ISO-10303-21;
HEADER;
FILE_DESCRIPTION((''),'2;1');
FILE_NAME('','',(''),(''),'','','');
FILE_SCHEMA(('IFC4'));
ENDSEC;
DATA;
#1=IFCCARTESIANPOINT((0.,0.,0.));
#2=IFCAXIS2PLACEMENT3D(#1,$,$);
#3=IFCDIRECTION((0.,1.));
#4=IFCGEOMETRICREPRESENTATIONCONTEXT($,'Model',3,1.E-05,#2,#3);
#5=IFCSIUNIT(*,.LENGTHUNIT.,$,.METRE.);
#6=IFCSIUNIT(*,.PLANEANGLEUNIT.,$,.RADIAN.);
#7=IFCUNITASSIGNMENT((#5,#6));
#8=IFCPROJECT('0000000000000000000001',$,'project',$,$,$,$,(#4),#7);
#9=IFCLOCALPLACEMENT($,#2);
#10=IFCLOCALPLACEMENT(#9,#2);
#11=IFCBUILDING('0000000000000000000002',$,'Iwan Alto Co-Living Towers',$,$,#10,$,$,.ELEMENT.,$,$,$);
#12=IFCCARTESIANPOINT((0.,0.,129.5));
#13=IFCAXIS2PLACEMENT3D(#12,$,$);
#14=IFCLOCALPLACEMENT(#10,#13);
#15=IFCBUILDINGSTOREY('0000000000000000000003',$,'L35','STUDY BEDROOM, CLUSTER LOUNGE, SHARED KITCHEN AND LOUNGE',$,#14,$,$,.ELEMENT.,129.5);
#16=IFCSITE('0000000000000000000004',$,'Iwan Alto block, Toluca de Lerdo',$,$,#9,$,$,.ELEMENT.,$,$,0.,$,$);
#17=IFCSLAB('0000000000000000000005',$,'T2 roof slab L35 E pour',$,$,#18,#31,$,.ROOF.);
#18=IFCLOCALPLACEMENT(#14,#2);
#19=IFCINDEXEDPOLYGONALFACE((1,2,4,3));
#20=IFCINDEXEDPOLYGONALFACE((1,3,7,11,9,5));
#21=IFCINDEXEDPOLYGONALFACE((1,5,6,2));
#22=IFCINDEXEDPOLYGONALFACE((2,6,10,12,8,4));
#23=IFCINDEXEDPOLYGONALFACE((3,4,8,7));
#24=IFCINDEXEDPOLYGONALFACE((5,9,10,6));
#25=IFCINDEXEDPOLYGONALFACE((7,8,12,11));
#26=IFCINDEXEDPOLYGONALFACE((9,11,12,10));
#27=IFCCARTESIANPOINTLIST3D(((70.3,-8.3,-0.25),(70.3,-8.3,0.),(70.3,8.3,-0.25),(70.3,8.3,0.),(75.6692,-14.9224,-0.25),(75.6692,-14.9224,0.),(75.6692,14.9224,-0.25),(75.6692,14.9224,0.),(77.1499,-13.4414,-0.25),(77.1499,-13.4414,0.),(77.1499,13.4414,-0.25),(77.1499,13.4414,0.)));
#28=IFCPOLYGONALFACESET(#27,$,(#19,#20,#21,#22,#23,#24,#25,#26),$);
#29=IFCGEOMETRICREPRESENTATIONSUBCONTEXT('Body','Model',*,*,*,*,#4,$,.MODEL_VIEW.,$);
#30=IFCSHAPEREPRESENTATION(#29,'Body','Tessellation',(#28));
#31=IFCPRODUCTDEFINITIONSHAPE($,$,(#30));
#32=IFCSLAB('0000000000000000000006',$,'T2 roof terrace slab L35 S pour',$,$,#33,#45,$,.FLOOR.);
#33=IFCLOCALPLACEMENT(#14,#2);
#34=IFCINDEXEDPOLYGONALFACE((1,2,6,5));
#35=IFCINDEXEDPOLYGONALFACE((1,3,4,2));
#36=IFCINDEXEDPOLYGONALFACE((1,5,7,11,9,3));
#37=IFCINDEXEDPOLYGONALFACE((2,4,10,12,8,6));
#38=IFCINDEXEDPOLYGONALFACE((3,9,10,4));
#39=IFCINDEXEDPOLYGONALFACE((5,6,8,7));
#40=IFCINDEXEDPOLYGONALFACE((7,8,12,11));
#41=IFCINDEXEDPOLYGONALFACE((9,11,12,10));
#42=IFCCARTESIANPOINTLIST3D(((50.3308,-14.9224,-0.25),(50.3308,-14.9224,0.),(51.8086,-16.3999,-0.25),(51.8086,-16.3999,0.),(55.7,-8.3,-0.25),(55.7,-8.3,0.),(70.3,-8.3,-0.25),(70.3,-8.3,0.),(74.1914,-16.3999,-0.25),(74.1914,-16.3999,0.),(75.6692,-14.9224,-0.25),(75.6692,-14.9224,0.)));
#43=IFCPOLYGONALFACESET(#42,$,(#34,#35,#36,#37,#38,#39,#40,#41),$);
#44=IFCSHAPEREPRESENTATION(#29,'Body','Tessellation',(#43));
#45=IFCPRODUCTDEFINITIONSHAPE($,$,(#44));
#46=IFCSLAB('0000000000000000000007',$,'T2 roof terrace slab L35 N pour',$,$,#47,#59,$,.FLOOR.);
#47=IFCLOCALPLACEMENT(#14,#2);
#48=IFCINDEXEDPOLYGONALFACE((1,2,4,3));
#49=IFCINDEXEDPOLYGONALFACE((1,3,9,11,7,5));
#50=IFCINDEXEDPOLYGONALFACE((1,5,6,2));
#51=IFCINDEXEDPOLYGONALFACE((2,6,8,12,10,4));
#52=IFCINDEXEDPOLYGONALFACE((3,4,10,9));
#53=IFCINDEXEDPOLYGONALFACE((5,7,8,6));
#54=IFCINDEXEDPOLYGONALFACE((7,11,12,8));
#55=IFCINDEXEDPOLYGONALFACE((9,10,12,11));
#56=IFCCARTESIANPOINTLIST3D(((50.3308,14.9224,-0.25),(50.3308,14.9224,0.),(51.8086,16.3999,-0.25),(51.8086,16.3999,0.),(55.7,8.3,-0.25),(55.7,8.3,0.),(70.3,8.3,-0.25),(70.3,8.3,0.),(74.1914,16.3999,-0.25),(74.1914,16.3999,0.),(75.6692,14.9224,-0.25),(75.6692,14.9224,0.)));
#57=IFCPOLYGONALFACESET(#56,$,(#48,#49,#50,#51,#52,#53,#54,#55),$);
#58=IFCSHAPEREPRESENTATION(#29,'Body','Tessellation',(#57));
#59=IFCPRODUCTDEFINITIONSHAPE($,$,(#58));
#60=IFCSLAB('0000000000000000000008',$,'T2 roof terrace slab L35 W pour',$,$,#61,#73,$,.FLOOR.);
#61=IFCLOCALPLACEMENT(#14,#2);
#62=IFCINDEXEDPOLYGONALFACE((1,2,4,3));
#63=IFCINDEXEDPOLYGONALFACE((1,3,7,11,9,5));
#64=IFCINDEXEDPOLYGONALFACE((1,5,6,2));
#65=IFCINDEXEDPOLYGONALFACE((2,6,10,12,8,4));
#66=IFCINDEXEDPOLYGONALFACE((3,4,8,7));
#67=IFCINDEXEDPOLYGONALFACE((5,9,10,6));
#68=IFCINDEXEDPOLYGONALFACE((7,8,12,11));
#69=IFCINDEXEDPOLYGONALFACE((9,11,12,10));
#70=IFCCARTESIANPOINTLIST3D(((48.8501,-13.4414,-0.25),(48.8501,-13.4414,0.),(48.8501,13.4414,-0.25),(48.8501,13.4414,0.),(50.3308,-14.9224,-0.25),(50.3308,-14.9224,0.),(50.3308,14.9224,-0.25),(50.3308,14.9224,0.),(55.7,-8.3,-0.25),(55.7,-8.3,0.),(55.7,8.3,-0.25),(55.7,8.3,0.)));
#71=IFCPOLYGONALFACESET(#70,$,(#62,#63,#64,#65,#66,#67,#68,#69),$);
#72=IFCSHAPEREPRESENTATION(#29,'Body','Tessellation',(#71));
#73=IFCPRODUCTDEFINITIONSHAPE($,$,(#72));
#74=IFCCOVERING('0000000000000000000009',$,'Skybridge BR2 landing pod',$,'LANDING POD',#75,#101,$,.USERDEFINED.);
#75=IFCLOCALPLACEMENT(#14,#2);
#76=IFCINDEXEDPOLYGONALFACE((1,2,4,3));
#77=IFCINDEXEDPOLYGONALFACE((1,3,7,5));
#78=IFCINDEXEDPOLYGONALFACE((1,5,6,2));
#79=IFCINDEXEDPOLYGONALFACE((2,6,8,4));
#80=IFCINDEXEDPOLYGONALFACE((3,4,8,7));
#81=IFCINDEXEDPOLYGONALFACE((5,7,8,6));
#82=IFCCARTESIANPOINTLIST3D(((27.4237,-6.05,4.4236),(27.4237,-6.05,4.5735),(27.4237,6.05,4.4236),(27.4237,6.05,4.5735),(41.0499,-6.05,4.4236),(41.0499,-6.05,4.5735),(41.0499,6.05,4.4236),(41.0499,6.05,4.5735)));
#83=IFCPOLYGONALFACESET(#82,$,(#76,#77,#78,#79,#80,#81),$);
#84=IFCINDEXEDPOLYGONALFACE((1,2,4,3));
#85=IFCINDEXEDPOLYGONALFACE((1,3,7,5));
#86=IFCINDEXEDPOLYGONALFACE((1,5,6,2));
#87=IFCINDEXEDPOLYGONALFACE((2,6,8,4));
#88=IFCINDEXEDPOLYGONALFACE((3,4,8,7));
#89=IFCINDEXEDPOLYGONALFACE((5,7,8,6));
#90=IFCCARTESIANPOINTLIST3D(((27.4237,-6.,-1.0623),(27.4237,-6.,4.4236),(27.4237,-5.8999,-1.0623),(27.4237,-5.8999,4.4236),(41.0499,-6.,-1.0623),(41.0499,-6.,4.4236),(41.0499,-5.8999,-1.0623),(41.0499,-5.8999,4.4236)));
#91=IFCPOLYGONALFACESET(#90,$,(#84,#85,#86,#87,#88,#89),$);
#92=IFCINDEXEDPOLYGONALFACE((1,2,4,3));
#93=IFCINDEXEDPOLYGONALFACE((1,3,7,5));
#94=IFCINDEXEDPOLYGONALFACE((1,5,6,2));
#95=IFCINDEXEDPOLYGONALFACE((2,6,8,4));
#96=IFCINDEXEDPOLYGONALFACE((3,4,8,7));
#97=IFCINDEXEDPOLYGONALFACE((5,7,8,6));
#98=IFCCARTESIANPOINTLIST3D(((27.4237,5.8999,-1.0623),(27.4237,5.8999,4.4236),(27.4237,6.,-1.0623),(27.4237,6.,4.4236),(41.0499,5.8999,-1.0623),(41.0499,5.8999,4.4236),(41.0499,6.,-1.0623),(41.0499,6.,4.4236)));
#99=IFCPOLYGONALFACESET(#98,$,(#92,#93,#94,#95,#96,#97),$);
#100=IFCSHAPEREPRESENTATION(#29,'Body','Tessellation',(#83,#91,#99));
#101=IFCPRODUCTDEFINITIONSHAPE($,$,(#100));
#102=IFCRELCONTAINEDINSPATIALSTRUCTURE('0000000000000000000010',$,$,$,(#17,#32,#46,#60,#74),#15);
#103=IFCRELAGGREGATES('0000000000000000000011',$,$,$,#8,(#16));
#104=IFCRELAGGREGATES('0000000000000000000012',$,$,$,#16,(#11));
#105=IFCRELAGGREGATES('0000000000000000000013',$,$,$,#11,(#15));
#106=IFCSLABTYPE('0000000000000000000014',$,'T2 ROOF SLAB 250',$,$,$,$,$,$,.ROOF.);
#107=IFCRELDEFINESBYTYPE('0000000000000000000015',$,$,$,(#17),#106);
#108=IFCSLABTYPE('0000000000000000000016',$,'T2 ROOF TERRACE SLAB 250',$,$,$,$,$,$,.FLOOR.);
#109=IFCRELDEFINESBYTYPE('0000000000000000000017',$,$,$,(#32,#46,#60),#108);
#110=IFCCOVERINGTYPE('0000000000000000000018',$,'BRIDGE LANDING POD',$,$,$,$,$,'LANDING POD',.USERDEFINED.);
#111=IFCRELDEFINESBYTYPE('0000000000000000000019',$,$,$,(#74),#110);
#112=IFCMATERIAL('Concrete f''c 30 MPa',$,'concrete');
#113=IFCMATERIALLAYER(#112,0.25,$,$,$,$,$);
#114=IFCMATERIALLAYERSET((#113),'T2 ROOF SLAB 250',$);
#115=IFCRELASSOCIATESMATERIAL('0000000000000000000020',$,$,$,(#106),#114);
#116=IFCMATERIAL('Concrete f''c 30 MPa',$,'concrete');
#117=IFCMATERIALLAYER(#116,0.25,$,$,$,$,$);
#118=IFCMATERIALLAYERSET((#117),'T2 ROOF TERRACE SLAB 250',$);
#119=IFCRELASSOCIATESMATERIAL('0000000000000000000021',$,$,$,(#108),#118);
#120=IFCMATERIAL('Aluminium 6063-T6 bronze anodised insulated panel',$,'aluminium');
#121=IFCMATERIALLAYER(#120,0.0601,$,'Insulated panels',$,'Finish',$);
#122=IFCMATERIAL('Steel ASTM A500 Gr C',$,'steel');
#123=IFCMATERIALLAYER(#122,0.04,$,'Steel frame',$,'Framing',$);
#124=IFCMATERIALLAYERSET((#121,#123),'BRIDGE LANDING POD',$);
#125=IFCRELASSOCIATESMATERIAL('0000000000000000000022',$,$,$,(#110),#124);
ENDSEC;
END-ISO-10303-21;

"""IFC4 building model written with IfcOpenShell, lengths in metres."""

from ifc_helpers import new_model, si_unit, direction, frame, origin, origin_2d, place, context, subcontext, project, spatial, polyline, rectangle, outline, extrude, material, layer, layer_set, type_object, element, save


model = new_model("IFC4")

# Units and contexts
model_context = context("Model", 3, precision=1e-05, world=origin(), true_north=direction((0.0, 1.0)))
body_context = subcontext(model_context, "Body", "Model", "MODEL_VIEW")
ifc_project = project(units=[si_unit("LENGTHUNIT", "METRE"), si_unit("PLANEANGLEUNIT", "RADIAN")], contexts=[model_context])

# Site, building, storey
site_placement = place(None, origin())
site = spatial("IfcSite", under=ifc_project, at=site_placement, Name="Iwan Alto block, Toluca de Lerdo", CompositionType="ELEMENT", RefElevation=0.0)
building_placement = place(site_placement, origin())
building = spatial("IfcBuilding", under=site, at=building_placement, Name="Iwan Alto Co-Living Towers", CompositionType="ELEMENT")
storey_placement = place(building_placement, frame((0.0, 0.0, 129.5)))
storey = spatial("IfcBuildingStorey", under=building, at=storey_placement, Name="L35", Description="STUDY BEDROOM, CLUSTER LOUNGE, SHARED KITCHEN AND LOUNGE", CompositionType="ELEMENT", Elevation=129.5)

# Slabs
ifc_material_1 = material(Name="Concrete f'c 30 MPa", Category="concrete")
ifc_layer_1 = layer(ifc_material_1, 0.25)
ifc_layer_set_1 = layer_set([ifc_layer_1], Name="T2 ROOF SLAB 250")
slab_type_1 = type_object("IfcSlabType", Name="T2 ROOF SLAB 250", PredefinedType="ROOF", material=ifc_layer_set_1)
slab_1_placement = place(storey_placement, frame((0.0, 0.0, -0.25)))
element("IfcSlab", 1, at=slab_1_placement, inside=storey, type_object=slab_type_1, Name="T2 roof slab L35 E pour", PredefinedType="ROOF", context=body_context, shape_type="SweptSolid", body=[
    extrude(outline(polyline([(77.1499, 13.4414), (77.1499, -13.4414), (75.6692, -14.9224), (70.3, -8.3), (70.3, 8.3), (75.6692, 14.9224), (77.1499, 13.4414)])), origin(), (0.0, 0.0, 1.0), 0.25),
])
ifc_material_2 = material(Name="Concrete f'c 30 MPa", Category="concrete")
ifc_layer_2 = layer(ifc_material_2, 0.25)
ifc_layer_set_2 = layer_set([ifc_layer_2], Name="T2 ROOF TERRACE SLAB 250")
slab_type_2 = type_object("IfcSlabType", Name="T2 ROOF TERRACE SLAB 250", PredefinedType="FLOOR", material=ifc_layer_set_2)
slab_2_placement = place(storey_placement, frame((0.0, 0.0, -0.25)))
element("IfcSlab", 2, at=slab_2_placement, inside=storey, type_object=slab_type_2, Name="T2 roof terrace slab L35 S pour", PredefinedType="FLOOR", context=body_context, shape_type="SweptSolid", body=[
    extrude(outline(polyline([(74.1914, -16.3999), (51.8086, -16.3999), (50.3308, -14.9224), (55.7, -8.3), (70.3, -8.3), (75.6692, -14.9224), (74.1914, -16.3999)])), origin(), (0.0, 0.0, 1.0), 0.25),
])
slab_3_placement = place(storey_placement, frame((0.0, 0.0, -0.25)))
element("IfcSlab", 3, at=slab_3_placement, inside=storey, type_object=slab_type_2, Name="T2 roof terrace slab L35 N pour", PredefinedType="FLOOR", context=body_context, shape_type="SweptSolid", body=[
    extrude(outline(polyline([(51.8086, 16.3999), (74.1914, 16.3999), (75.6692, 14.9224), (70.3, 8.3), (55.7, 8.3), (50.3308, 14.9224), (51.8086, 16.3999)])), origin(), (0.0, 0.0, 1.0), 0.25),
])
slab_4_placement = place(storey_placement, frame((0.0, 0.0, -0.25)))
element("IfcSlab", 4, at=slab_4_placement, inside=storey, type_object=slab_type_2, Name="T2 roof terrace slab L35 W pour", PredefinedType="FLOOR", context=body_context, shape_type="SweptSolid", body=[
    extrude(outline(polyline([(48.8501, 13.4414), (50.3308, 14.9224), (55.7, 8.3), (55.7, -8.3), (50.3308, -14.9224), (48.8501, -13.4414), (48.8501, 13.4414)])), origin(), (0.0, 0.0, 1.0), 0.25),
])

# Covering
ifc_material_3 = material(Name="Aluminium 6063-T6 bronze anodised insulated panel", Category="aluminium")
ifc_layer_3 = layer(ifc_material_3, 0.0601, Name="Insulated panels", Category="Finish")
ifc_material_4 = material(Name="Steel ASTM A500 Gr C", Category="steel")
ifc_layer_4 = layer(ifc_material_4, 0.04, Name="Steel frame", Category="Framing")
ifc_layer_set_3 = layer_set([ifc_layer_3, ifc_layer_4], Name="BRIDGE LANDING POD")
covering_type = type_object("IfcCoveringType", Name="BRIDGE LANDING POD", ElementType="LANDING POD", PredefinedType="USERDEFINED", material=ifc_layer_set_3)
covering_placement = place(storey_placement, frame((0.0, 0.0, -129.5)))
element("IfcCovering", 5, at=covering_placement, inside=storey, type_object=covering_type, Name="Skybridge BR2 landing pod", ObjectType="LANDING POD", PredefinedType="USERDEFINED", context=body_context, shape_type="SweptSolid", body=[
    extrude(rectangle(XDim=13.6262, YDim=12.1001, at=origin_2d()), frame((34.2368, 0.0, 133.9236), z_axis=(0.0, 0.0, 1.0), x_axis=(1.0, 0.0, 0.0)), (0.0, 0.0, 1.0), 0.1499),
    extrude(rectangle(XDim=13.6262, YDim=0.1001, at=origin_2d()), frame((34.2368, -5.95, 128.4377), z_axis=(0.0, 0.0, 1.0), x_axis=(1.0, 0.0, 0.0)), (0.0, 0.0, 1.0), 5.4858),
    extrude(rectangle(XDim=13.6262, YDim=0.1001, at=origin_2d()), frame((34.2368, 5.95, 128.4377), z_axis=(0.0, 0.0, 1.0), x_axis=(1.0, 0.0, 0.0)), (0.0, 0.0, 1.0), 5.4858),
])

save(model, "model.ifc")
